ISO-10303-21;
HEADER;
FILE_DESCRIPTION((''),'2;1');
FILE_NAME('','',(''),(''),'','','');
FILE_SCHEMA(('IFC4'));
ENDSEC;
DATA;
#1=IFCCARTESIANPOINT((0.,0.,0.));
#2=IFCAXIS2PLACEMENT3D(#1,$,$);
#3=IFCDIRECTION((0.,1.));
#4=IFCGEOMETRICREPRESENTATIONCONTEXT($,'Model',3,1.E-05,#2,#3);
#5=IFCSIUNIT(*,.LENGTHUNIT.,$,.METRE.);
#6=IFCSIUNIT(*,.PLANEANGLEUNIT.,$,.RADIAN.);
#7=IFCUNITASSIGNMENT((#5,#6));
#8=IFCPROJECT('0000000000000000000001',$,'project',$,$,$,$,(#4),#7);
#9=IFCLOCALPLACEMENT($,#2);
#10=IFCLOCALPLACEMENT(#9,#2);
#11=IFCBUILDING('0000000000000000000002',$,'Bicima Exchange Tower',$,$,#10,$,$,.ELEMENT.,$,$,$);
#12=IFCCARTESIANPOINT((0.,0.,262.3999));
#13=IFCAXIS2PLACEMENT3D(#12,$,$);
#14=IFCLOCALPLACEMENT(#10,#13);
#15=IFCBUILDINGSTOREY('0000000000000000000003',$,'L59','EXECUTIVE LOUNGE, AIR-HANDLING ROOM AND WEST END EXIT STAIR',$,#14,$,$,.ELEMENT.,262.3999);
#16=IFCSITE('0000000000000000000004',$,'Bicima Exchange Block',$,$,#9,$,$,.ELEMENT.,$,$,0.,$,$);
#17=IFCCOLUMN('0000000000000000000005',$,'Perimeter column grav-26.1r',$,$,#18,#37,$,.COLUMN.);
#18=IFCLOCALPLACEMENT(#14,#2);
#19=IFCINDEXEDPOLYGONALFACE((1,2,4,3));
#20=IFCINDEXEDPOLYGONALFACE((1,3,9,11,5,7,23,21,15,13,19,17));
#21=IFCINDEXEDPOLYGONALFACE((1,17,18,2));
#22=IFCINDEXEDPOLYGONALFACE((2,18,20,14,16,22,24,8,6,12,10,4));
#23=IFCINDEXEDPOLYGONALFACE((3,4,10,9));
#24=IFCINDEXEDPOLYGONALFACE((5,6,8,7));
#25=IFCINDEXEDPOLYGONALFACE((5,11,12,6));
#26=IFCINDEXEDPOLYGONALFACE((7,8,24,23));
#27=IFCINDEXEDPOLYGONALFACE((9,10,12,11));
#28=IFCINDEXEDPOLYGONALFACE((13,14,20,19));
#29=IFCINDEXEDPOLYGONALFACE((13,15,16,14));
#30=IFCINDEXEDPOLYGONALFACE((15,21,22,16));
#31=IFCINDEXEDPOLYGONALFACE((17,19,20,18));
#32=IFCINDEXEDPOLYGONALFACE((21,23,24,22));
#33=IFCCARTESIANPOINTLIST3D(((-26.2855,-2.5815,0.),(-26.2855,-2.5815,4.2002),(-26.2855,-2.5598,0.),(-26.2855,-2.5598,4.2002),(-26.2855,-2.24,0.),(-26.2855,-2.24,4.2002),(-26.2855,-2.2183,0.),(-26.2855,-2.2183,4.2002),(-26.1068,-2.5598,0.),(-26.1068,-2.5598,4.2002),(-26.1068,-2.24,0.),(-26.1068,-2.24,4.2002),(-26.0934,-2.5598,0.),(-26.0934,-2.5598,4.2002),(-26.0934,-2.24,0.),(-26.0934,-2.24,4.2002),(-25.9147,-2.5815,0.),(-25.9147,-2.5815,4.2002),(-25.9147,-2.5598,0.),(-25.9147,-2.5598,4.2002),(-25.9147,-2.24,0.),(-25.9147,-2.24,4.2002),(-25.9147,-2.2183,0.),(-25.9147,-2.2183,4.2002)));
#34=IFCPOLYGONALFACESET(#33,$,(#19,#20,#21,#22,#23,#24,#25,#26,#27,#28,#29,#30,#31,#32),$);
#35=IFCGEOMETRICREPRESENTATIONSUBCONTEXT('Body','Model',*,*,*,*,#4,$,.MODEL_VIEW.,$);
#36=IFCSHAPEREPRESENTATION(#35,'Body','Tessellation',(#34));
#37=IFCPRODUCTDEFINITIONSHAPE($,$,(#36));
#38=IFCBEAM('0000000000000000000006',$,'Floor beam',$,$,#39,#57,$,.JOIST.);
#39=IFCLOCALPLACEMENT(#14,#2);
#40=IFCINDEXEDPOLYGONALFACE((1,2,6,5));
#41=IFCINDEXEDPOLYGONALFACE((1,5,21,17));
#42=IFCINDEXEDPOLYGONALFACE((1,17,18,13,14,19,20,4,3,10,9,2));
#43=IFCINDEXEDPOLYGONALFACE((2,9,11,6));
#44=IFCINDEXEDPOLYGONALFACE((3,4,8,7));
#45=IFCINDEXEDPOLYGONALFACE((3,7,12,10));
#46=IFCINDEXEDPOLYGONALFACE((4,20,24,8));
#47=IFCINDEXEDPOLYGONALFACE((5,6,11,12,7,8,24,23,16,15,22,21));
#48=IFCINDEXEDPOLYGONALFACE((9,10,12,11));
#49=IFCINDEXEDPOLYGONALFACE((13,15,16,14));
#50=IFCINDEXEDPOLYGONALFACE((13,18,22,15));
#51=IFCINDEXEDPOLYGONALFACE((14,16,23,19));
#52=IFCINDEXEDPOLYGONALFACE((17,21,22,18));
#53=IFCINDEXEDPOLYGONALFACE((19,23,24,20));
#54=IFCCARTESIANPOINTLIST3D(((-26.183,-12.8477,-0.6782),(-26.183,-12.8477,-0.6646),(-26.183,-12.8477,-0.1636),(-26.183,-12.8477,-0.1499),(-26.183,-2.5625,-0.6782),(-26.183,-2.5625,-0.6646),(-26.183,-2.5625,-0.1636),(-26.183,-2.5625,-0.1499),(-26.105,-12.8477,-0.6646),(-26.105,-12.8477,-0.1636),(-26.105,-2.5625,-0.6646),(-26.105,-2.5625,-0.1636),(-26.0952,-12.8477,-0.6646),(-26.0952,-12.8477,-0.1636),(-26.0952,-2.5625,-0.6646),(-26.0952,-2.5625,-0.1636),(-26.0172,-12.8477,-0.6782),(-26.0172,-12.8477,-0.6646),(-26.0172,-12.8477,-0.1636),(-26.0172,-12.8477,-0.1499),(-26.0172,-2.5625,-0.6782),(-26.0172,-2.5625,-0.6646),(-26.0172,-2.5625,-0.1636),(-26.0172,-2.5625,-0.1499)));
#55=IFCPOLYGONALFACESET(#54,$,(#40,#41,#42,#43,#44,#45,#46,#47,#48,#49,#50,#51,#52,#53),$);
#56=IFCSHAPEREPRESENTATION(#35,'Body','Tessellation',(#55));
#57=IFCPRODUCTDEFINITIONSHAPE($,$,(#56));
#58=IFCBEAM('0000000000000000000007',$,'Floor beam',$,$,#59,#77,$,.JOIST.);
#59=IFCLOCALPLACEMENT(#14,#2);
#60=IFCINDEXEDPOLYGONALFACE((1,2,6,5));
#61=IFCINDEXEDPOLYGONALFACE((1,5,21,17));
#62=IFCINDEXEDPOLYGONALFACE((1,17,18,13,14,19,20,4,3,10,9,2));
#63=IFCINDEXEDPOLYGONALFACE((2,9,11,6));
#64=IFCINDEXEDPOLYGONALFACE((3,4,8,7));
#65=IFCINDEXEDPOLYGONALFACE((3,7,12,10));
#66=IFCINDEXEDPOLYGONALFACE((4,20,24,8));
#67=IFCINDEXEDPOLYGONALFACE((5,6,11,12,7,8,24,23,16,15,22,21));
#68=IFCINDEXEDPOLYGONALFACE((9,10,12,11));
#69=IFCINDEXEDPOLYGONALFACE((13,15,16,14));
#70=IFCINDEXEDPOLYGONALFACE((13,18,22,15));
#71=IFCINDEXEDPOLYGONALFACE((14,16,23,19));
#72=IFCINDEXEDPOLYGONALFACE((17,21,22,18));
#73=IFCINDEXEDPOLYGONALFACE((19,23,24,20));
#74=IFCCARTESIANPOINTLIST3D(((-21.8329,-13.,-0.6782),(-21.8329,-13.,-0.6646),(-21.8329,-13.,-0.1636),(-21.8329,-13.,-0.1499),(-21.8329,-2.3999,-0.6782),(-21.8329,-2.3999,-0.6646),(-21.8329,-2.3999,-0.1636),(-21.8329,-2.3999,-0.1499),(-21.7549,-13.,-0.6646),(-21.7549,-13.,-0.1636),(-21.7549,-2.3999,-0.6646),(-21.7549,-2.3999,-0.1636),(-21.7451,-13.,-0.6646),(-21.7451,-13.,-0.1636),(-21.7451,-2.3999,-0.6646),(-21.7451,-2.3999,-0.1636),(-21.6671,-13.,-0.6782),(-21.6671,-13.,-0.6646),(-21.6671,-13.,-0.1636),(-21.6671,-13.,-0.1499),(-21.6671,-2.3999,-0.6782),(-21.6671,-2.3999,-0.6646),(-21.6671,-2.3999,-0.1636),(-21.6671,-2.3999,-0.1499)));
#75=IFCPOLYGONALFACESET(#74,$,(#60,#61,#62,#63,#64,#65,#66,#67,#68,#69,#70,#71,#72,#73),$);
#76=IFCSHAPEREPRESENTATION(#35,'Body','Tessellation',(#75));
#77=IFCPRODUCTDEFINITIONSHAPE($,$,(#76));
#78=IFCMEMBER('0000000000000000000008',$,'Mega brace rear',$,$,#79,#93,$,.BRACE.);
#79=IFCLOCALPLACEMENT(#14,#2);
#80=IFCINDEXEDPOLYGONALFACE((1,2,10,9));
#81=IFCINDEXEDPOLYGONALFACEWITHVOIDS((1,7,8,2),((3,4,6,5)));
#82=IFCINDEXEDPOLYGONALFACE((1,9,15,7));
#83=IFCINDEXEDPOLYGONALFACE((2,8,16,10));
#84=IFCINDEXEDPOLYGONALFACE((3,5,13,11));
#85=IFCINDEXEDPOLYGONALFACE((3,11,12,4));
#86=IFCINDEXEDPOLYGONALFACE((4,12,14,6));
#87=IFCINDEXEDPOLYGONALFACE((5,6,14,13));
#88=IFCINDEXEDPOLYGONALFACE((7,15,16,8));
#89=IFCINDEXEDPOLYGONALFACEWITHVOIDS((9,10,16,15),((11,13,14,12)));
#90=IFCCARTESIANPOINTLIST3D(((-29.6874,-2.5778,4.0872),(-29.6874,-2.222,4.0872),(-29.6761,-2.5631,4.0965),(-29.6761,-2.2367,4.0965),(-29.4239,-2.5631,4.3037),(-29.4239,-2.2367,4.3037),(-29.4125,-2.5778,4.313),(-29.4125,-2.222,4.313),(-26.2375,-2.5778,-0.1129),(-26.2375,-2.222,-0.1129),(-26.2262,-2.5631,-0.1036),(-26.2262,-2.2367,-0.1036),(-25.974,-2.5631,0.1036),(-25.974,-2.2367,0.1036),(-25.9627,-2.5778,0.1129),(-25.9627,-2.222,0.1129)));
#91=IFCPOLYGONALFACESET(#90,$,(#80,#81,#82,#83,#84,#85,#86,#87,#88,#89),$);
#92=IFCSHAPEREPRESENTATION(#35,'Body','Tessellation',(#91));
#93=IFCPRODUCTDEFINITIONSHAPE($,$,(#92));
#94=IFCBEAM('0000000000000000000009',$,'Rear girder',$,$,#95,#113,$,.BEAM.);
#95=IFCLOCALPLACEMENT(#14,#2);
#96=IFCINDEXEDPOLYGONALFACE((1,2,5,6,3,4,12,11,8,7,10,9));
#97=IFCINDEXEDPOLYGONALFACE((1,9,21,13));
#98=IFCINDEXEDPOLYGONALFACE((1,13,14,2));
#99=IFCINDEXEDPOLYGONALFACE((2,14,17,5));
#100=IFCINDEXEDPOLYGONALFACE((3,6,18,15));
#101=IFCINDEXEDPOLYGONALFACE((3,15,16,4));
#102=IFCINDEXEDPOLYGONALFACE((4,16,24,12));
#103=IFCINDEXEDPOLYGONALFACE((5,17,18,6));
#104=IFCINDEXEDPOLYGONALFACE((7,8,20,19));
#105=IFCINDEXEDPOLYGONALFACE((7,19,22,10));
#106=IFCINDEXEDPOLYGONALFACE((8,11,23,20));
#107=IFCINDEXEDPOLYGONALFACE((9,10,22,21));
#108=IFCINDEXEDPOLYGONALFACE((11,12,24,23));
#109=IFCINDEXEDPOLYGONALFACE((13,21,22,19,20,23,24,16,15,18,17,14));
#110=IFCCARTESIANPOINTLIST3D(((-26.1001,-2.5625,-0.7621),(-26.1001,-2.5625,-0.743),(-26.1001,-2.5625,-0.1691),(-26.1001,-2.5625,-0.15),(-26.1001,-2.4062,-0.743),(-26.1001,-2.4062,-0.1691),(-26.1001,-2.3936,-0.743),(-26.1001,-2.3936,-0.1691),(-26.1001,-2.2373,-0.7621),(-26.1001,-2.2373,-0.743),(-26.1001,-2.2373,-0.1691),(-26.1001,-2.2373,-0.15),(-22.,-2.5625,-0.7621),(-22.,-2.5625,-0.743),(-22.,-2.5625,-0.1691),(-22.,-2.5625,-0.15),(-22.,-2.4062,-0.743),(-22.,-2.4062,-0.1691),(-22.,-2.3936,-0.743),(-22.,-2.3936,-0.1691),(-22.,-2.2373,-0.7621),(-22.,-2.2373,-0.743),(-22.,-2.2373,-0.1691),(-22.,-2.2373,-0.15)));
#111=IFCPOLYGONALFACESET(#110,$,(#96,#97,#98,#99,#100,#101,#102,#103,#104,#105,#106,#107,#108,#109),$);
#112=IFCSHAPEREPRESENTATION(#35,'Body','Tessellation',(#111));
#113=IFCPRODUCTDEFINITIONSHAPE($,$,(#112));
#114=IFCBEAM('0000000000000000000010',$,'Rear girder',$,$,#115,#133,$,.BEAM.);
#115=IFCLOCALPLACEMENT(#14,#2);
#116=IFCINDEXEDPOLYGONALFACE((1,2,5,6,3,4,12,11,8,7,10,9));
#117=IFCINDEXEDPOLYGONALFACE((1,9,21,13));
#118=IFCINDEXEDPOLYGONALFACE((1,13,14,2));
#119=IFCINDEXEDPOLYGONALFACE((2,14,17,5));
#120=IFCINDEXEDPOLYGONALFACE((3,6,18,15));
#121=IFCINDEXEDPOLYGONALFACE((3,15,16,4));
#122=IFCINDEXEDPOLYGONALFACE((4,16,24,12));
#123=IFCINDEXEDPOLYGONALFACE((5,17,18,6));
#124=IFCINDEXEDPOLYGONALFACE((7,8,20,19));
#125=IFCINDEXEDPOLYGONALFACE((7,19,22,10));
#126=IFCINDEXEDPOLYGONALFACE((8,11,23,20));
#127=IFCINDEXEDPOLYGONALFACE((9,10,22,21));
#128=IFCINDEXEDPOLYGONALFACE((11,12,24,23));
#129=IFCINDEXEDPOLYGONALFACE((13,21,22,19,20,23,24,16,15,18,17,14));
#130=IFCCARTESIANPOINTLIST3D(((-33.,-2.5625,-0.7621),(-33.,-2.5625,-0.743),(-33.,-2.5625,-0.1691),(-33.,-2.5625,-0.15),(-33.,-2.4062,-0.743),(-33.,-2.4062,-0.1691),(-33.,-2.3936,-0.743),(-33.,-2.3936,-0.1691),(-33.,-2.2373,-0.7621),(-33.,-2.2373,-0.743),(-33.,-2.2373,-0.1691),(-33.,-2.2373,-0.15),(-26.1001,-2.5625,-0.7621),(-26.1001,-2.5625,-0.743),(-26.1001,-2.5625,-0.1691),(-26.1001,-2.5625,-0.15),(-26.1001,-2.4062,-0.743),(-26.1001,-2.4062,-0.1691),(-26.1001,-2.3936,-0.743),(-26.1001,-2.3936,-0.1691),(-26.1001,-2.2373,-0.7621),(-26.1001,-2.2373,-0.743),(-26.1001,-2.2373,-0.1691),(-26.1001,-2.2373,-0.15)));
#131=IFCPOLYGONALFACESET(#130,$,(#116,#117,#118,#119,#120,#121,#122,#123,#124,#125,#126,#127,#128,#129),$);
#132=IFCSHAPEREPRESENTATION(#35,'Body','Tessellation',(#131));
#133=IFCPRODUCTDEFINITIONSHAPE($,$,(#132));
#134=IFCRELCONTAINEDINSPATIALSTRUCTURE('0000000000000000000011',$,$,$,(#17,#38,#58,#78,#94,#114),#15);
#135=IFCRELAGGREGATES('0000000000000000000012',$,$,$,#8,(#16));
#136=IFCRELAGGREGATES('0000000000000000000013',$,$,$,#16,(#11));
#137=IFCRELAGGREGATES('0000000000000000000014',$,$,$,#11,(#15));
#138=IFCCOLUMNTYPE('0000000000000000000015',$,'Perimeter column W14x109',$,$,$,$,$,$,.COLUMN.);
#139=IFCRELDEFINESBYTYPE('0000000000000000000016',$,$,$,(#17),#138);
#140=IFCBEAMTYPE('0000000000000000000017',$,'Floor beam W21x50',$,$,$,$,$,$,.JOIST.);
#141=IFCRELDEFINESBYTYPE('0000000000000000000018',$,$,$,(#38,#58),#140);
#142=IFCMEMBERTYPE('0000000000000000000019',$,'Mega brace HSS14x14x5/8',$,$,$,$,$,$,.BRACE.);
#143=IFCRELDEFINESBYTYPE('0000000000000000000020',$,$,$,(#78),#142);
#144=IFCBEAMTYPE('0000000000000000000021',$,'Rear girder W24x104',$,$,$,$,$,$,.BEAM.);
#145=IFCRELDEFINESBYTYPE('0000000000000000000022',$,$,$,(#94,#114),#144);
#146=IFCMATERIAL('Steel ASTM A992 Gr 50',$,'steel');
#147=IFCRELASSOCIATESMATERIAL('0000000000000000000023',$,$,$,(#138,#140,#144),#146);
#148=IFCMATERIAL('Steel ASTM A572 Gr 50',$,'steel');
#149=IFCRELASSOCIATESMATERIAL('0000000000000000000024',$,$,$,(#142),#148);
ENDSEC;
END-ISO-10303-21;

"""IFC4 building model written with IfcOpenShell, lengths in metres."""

from ifc_helpers import new_model, si_unit, direction, frame, origin, origin_2d, place, context, subcontext, project, spatial, hollow_rectangle, i_section, extrude, material, material_profile, profile_set, type_object, element, save


model = new_model("IFC4")

# Units and contexts
model_context = context("Model", 3, precision=1e-05, world=origin(), true_north=direction((0.0, 1.0)))
body_context = subcontext(model_context, "Body", "Model", "MODEL_VIEW")
ifc_project = project(units=[si_unit("LENGTHUNIT", "METRE"), si_unit("PLANEANGLEUNIT", "RADIAN")], contexts=[model_context])

# Site, building, storey
site_placement = place(None, origin())
site = spatial("IfcSite", under=ifc_project, at=site_placement, Name="Bicima Exchange Block", CompositionType="ELEMENT", RefElevation=0.0)
building_placement = place(site_placement, origin())
building = spatial("IfcBuilding", under=site, at=building_placement, Name="Bicima Exchange Tower", CompositionType="ELEMENT")
storey_placement = place(building_placement, frame((0.0, 0.0, 262.3999)))
storey = spatial("IfcBuildingStorey", under=building, at=storey_placement, Name="L59", Description="EXECUTIVE LOUNGE, AIR-HANDLING ROOM AND WEST END EXIT STAIR", CompositionType="ELEMENT", Elevation=262.3999)

# Column
ifc_material_1 = material(Name="Steel ASTM A992 Gr 50", Category="steel")
ifc_material_profile_1 = material_profile(ifc_material_1, i_section(OverallWidth=0.3708, OverallDepth=0.3633, WebThickness=0.0134, FlangeThickness=0.0217, at=origin_2d()))
ifc_profile_set_1 = profile_set([ifc_material_profile_1], Name="Steel ASTM A992 Gr 50")
column_type = type_object("IfcColumnType", Name="Perimeter column W14x109", PredefinedType="COLUMN", material=ifc_profile_set_1)
column_placement = place(storey_placement, frame((-26.1001, -2.3999, 0.0), z_axis=(0.0, 0.0, 1.0), x_axis=(1.0, 0.0, 0.0)))
element("IfcColumn", 1, at=column_placement, inside=storey, type_object=column_type, Name="Perimeter column grav-26.1r", PredefinedType="COLUMN", context=body_context, shape_type="SweptSolid", body=[
    extrude(i_section(OverallWidth=0.3708, OverallDepth=0.3633, WebThickness=0.0134, FlangeThickness=0.0217, at=origin_2d()), origin(), (0.0, 0.0, 1.0), 4.2002),
])

# Beams
ifc_material_profile_2 = material_profile(ifc_material_1, i_section(OverallWidth=0.1658, OverallDepth=0.5283, WebThickness=0.0098, FlangeThickness=0.0137, at=origin_2d()))
ifc_profile_set_2 = profile_set([ifc_material_profile_2], Name="Steel ASTM A992 Gr 50")
beam_type_1 = type_object("IfcBeamType", Name="Floor beam W21x50", PredefinedType="JOIST", material=ifc_profile_set_2)
beam_1_placement = place(storey_placement, frame((-26.1001, -2.5625, -0.4141), z_axis=(0.0, -1.0, 0.0), x_axis=(1.0, 0.0, 0.0)))
element("IfcBeam", 2, at=beam_1_placement, inside=storey, type_object=beam_type_1, Name="Floor beam", PredefinedType="JOIST", context=body_context, shape_type="SweptSolid", body=[
    extrude(i_section(OverallWidth=0.1658, OverallDepth=0.5283, WebThickness=0.0098, FlangeThickness=0.0137, at=origin_2d()), origin(), (0.0, 0.0, 1.0), 10.2852),
])
beam_2_placement = place(storey_placement, frame((-21.75, -2.3999, -0.4141), z_axis=(0.0, -1.0, 0.0), x_axis=(1.0, 0.0, 0.0)))
element("IfcBeam", 3, at=beam_2_placement, inside=storey, type_object=beam_type_1, Name="Floor beam", PredefinedType="JOIST", context=body_context, shape_type="SweptSolid", body=[
    extrude(i_section(OverallWidth=0.1658, OverallDepth=0.5283, WebThickness=0.0098, FlangeThickness=0.0137, at=origin_2d()), origin(), (0.0, 0.0, 1.0), 10.6001),
])

# Member
ifc_material_2 = material(Name="Steel ASTM A572 Gr 50", Category="steel")
ifc_material_profile_3 = material_profile(ifc_material_2, hollow_rectangle(XDim=0.3557, YDim=0.3557, WallThickness=0.0146, at=origin_2d()))
ifc_profile_set_3 = profile_set([ifc_material_profile_3], Name="Steel ASTM A572 Gr 50")
member_type = type_object("IfcMemberType", Name="Mega brace HSS14x14x5/8", PredefinedType="BRACE", material=ifc_profile_set_3)
member_placement = place(storey_placement, frame((-26.1001, -2.3999, 0.0), z_axis=(-0.634716, 0.0, 0.772745), x_axis=(0.0, -1.0, 0.0)))
element("IfcMember", 4, at=member_placement, inside=storey, type_object=member_type, Name="Mega brace rear", PredefinedType="BRACE", context=body_context, shape_type="SweptSolid", body=[
    extrude(hollow_rectangle(XDim=0.3557, YDim=0.3557, WallThickness=0.0146, at=origin_2d()), origin(), (0.0, 0.0, 1.0), 5.4353),
])

# Beams
ifc_material_profile_4 = material_profile(ifc_material_1, i_section(OverallWidth=0.3252, OverallDepth=0.6121, WebThickness=0.0127, FlangeThickness=0.019, at=origin_2d()))
ifc_profile_set_4 = profile_set([ifc_material_profile_4], Name="Steel ASTM A992 Gr 50")
beam_type_2 = type_object("IfcBeamType", Name="Rear girder W24x104", PredefinedType="BEAM", material=ifc_profile_set_4)
beam_3_placement = place(storey_placement, frame((-22.0, -2.3999, -0.4561), z_axis=(-1.0, 0.0, 0.0), x_axis=(0.0, -1.0, 0.0)))
element("IfcBeam", 5, at=beam_3_placement, inside=storey, type_object=beam_type_2, Name="Rear girder", PredefinedType="BEAM", context=body_context, shape_type="SweptSolid", body=[
    extrude(i_section(OverallWidth=0.3252, OverallDepth=0.6121, WebThickness=0.0127, FlangeThickness=0.019, at=origin_2d()), origin(), (0.0, 0.0, 1.0), 4.1001),
])
beam_4_placement = place(storey_placement, frame((-26.1001, -2.3999, -0.4561), z_axis=(-1.0, 0.0, 0.0), x_axis=(0.0, -1.0, 0.0)))
element("IfcBeam", 6, at=beam_4_placement, inside=storey, type_object=beam_type_2, Name="Rear girder", PredefinedType="BEAM", context=body_context, shape_type="SweptSolid", body=[
    extrude(i_section(OverallWidth=0.3252, OverallDepth=0.6121, WebThickness=0.0127, FlangeThickness=0.019, at=origin_2d()), origin(), (0.0, 0.0, 1.0), 6.8999),
])

save(model, "model.ifc")
